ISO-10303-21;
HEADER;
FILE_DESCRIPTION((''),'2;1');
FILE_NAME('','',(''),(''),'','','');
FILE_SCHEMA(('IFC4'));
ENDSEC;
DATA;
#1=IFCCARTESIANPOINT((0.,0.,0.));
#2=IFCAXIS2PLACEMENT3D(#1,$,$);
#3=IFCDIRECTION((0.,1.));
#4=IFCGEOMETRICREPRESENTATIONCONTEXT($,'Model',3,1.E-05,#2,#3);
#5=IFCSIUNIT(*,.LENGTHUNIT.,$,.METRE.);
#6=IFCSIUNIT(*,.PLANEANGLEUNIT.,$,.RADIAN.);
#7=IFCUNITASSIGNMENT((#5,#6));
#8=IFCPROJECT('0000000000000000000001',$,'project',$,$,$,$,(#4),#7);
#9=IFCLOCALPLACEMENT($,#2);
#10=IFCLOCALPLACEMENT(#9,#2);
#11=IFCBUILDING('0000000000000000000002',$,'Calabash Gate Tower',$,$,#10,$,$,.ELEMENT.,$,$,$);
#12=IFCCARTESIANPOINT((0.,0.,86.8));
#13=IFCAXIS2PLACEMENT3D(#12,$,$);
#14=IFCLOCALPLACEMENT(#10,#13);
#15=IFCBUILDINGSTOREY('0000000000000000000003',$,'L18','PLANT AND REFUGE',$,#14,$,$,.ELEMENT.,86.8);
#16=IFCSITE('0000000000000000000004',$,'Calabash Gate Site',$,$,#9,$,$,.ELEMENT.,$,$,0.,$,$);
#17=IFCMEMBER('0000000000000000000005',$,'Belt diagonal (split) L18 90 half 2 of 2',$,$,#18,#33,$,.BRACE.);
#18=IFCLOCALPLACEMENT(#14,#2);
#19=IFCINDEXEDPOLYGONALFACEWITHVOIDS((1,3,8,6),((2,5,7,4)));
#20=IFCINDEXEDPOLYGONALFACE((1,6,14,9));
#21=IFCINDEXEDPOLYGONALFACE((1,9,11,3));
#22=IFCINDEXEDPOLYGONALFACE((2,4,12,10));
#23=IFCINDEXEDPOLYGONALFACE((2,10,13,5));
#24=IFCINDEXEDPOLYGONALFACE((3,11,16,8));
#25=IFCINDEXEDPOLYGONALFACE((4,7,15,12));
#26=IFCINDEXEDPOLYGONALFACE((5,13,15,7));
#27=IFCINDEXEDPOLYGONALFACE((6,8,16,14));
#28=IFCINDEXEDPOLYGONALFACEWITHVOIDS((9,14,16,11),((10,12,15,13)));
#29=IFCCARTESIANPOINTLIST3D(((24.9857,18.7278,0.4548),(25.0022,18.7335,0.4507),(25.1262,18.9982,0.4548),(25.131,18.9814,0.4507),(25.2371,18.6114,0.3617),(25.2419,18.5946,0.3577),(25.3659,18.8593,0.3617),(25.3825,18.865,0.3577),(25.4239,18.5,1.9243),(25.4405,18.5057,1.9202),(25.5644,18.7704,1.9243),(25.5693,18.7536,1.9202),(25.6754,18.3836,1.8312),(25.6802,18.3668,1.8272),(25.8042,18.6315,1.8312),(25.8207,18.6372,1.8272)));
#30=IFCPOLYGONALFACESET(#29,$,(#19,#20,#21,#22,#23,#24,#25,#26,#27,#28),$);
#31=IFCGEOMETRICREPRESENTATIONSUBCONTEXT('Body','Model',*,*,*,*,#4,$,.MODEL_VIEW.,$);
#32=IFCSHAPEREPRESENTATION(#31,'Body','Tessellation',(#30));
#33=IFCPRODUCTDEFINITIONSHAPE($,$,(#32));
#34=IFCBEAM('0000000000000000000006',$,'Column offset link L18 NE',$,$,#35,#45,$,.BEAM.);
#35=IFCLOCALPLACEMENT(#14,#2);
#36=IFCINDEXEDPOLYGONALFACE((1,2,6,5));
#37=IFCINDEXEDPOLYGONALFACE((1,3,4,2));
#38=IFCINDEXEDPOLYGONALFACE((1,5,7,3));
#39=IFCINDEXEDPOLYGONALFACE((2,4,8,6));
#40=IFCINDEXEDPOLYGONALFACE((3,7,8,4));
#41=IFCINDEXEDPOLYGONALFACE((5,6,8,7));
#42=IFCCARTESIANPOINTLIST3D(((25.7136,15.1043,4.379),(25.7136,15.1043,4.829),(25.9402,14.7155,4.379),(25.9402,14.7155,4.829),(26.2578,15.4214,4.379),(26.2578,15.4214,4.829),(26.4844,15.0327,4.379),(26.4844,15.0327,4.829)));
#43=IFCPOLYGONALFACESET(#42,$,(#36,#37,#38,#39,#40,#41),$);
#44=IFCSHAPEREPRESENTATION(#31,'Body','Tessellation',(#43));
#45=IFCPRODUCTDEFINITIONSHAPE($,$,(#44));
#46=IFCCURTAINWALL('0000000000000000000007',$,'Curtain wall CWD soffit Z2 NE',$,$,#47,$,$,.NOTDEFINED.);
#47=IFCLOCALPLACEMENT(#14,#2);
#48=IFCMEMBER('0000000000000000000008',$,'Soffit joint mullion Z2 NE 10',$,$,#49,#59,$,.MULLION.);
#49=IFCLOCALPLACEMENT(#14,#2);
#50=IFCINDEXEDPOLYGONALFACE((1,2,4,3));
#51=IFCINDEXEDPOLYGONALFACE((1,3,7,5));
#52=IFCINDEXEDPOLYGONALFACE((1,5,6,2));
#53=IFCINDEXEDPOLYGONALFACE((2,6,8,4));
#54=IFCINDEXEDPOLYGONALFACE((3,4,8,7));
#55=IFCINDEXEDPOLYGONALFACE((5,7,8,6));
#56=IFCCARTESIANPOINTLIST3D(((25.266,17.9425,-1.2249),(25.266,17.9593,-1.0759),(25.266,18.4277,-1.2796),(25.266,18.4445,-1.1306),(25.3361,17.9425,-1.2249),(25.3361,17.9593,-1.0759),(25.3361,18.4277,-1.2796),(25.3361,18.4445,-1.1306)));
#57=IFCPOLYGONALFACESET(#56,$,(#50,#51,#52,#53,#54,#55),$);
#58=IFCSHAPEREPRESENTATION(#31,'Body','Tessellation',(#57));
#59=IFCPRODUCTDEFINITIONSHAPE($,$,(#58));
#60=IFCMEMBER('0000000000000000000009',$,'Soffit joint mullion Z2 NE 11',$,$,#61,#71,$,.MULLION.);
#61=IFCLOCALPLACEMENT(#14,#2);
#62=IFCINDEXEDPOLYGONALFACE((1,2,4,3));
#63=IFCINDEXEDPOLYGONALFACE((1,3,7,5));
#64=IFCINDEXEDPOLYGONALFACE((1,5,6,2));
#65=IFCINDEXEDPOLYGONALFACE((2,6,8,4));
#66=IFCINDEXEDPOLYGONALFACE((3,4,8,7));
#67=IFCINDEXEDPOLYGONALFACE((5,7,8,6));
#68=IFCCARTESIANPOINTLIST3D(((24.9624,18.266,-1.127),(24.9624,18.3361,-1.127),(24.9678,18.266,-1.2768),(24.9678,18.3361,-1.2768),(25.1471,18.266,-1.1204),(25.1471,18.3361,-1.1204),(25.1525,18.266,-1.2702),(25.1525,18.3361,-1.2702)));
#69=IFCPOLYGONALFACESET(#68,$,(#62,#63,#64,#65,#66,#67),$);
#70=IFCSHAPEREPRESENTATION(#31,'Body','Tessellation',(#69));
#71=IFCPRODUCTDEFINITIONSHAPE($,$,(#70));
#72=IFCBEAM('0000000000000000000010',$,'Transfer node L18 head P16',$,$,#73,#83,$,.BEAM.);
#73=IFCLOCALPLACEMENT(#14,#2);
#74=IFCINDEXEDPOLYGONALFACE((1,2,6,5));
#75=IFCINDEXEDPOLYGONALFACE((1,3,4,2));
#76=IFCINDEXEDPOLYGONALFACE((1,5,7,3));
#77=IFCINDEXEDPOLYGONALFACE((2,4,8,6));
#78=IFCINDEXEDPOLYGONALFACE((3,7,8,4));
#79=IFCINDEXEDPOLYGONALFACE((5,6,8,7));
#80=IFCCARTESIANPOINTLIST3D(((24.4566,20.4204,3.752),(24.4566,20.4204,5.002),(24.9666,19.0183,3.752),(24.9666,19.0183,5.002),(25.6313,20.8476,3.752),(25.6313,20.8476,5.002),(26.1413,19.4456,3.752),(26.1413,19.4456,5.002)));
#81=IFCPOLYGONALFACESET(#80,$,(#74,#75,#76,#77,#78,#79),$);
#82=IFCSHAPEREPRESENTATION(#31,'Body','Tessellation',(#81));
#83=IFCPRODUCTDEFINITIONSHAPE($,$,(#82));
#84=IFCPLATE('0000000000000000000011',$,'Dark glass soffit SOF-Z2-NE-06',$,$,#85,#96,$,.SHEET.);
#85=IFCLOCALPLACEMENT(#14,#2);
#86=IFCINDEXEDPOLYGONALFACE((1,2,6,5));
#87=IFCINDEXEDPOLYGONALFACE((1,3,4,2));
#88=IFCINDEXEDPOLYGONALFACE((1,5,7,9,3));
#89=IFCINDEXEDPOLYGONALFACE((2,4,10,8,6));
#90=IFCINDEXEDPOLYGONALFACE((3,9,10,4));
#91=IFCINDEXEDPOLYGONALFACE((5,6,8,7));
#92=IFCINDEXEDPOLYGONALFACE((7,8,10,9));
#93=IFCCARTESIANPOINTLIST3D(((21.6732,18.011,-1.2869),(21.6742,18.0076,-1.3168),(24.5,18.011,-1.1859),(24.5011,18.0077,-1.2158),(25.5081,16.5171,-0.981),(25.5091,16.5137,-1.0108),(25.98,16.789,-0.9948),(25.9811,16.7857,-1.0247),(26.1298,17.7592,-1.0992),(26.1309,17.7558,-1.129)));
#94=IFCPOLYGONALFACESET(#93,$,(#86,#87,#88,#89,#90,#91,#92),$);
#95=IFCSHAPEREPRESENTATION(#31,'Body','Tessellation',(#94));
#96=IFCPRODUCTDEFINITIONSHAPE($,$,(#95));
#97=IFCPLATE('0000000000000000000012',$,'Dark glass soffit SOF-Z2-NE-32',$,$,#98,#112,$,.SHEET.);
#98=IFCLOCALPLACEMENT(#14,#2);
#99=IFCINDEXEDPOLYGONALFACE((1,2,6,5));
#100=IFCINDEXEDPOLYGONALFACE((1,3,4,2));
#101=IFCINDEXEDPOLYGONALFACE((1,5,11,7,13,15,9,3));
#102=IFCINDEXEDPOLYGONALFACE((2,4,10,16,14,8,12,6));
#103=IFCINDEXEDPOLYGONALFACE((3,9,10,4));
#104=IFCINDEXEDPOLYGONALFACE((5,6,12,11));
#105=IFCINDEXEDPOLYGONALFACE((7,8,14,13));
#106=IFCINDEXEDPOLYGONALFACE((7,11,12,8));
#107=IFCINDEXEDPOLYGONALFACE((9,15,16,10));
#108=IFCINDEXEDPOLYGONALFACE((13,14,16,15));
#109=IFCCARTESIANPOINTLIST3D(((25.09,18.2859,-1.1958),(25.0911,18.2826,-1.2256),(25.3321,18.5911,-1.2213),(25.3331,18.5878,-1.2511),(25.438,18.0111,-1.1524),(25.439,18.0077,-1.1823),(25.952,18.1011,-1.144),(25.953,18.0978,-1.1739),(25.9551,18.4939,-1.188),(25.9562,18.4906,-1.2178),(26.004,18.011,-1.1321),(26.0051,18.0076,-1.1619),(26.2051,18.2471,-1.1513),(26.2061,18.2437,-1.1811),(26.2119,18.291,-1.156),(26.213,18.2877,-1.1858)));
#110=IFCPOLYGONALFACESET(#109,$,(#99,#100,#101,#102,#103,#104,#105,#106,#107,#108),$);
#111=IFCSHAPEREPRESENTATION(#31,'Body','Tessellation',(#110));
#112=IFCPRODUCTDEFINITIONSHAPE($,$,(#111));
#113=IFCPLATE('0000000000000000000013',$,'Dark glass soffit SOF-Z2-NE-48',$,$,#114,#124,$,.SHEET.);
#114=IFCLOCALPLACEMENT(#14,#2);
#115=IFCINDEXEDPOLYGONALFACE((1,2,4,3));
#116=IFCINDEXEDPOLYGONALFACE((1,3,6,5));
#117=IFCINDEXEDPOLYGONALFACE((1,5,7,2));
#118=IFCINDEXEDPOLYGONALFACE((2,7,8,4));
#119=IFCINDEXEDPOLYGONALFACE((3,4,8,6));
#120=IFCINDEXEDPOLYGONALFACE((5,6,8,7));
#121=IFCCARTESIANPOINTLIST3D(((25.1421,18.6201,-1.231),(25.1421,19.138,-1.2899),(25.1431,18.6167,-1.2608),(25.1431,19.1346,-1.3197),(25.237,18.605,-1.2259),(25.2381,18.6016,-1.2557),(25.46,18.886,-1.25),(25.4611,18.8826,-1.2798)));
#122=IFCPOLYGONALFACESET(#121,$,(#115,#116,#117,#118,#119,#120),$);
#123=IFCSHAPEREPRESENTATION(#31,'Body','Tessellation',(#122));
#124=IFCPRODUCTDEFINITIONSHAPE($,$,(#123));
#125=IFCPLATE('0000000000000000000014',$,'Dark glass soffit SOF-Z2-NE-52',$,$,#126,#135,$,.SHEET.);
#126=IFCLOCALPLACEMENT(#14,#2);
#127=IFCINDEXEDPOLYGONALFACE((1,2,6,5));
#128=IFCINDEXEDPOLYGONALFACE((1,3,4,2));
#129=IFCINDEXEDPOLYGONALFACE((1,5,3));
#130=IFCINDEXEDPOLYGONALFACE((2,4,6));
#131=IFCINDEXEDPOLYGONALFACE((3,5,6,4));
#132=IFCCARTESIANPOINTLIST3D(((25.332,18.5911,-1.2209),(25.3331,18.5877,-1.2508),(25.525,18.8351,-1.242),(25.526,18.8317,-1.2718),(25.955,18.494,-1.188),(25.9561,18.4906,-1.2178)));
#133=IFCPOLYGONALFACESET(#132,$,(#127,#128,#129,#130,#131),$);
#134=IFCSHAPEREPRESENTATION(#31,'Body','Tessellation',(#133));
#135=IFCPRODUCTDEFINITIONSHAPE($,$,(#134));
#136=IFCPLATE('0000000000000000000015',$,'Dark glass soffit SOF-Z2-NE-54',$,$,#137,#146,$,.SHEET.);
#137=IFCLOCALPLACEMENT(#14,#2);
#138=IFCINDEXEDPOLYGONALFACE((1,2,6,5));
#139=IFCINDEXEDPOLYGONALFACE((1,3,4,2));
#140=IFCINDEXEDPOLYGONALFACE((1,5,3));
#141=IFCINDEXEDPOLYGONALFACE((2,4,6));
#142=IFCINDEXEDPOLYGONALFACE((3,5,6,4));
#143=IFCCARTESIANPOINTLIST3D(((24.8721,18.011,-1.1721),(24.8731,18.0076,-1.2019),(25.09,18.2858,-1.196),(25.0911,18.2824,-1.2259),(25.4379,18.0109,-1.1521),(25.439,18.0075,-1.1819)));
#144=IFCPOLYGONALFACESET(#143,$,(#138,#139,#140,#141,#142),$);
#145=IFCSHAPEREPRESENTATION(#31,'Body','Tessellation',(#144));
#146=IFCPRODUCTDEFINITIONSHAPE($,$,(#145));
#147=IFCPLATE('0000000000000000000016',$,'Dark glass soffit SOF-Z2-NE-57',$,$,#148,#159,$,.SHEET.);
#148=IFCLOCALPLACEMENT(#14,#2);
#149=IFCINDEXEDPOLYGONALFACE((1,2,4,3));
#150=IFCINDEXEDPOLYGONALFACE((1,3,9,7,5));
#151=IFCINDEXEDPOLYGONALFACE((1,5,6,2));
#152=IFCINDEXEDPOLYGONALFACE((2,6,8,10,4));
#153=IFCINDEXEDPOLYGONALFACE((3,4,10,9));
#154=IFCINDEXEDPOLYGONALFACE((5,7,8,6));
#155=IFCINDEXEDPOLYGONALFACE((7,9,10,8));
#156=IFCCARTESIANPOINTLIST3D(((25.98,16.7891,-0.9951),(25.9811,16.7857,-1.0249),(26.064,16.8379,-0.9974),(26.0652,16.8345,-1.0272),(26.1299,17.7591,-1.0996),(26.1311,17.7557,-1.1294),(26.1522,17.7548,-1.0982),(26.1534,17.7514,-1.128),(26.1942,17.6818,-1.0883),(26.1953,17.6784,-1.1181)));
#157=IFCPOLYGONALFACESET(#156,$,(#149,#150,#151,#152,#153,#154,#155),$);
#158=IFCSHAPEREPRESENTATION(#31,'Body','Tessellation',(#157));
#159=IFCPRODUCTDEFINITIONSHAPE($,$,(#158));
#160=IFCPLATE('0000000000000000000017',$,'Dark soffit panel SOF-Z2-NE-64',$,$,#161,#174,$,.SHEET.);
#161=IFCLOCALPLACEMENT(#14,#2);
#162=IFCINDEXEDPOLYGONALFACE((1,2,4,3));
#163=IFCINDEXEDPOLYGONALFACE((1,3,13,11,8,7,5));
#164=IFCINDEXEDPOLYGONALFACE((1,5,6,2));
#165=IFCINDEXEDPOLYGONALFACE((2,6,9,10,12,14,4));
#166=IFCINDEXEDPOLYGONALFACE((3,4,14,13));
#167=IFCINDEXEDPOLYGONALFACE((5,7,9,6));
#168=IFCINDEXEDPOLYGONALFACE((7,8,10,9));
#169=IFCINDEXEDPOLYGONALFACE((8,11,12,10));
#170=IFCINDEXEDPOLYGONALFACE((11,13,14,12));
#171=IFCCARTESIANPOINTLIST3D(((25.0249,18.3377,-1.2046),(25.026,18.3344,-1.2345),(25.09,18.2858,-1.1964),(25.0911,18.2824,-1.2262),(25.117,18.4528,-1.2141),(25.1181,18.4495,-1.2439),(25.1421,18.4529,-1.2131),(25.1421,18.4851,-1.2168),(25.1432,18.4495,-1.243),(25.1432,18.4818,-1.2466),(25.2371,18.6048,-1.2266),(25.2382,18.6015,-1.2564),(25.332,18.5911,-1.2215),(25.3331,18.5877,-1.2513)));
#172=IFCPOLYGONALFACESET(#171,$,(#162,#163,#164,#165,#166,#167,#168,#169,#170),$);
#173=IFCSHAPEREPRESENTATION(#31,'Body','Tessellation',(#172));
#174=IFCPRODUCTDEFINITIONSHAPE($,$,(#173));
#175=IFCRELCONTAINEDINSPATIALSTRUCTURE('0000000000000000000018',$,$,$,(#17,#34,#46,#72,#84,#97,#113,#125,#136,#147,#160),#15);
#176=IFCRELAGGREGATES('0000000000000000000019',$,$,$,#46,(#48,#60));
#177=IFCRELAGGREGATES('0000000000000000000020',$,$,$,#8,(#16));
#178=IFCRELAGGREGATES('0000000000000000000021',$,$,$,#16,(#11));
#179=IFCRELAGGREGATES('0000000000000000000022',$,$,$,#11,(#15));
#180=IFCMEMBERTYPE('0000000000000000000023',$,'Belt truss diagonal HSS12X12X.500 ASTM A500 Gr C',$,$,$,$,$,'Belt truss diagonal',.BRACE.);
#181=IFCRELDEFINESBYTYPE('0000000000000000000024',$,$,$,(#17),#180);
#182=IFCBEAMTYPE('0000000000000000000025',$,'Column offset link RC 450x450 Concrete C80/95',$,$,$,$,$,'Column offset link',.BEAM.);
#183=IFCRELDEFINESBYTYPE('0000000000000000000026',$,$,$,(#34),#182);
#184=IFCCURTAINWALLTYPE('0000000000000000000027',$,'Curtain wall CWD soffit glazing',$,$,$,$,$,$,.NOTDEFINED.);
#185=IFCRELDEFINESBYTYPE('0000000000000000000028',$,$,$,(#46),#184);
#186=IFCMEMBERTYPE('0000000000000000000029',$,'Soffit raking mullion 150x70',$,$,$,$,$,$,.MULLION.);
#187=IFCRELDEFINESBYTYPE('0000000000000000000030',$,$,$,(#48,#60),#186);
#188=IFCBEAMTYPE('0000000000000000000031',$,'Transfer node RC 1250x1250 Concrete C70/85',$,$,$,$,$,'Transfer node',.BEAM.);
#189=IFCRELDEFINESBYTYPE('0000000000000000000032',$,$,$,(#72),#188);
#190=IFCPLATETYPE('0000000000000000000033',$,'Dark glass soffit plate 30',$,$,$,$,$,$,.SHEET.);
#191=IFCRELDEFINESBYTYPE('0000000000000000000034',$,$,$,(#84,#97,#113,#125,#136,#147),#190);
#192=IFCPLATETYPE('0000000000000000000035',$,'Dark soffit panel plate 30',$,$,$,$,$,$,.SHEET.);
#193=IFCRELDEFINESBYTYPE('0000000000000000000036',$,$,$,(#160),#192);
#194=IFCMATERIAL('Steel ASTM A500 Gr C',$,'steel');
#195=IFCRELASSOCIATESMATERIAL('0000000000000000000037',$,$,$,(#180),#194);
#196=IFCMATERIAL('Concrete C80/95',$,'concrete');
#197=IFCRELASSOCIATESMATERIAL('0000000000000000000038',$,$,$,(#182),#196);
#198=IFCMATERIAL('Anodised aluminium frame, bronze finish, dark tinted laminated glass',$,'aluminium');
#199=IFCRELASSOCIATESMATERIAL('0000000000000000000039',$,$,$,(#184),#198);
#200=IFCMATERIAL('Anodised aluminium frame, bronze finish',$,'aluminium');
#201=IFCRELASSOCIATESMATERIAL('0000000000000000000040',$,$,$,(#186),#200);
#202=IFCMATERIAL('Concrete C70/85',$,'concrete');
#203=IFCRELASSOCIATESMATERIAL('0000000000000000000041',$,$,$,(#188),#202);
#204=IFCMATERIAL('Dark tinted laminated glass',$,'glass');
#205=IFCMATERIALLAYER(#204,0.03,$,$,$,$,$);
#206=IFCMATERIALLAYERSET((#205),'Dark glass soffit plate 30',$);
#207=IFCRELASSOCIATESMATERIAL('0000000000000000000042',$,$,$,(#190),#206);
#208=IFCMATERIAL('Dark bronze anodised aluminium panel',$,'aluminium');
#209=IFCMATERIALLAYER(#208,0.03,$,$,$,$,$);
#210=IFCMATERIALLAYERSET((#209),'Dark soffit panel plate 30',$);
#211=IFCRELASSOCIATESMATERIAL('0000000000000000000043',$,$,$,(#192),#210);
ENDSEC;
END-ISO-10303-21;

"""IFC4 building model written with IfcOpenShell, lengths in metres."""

from ifc_helpers import new_model, si_unit, direction, frame, origin, origin_2d, place, context, subcontext, project, spatial, polyline, rectangle, hollow_rectangle, outline, extrude, material, layer, layer_set, material_profile, profile_set, type_object, element, aggregate, save


model = new_model("IFC4")

# Units and contexts
model_context = context("Model", 3, precision=1e-05, world=origin(), true_north=direction((0.0, 1.0)))
body_context = subcontext(model_context, "Body", "Model", "MODEL_VIEW")
ifc_project = project(units=[si_unit("LENGTHUNIT", "METRE"), si_unit("PLANEANGLEUNIT", "RADIAN")], contexts=[model_context])

# Site, building, storey
site_placement = place(None, origin())
site = spatial("IfcSite", under=ifc_project, at=site_placement, Name="Calabash Gate Site", CompositionType="ELEMENT", RefElevation=0.0)
building_placement = place(site_placement, origin())
building = spatial("IfcBuilding", under=site, at=building_placement, Name="Calabash Gate Tower", CompositionType="ELEMENT")
storey_placement = place(building_placement, frame((0.0, 0.0, 86.8)))
storey = spatial("IfcBuildingStorey", under=building, at=storey_placement, Name="L18", Description="PLANT AND REFUGE", CompositionType="ELEMENT", Elevation=86.8)

# Member
ifc_material_1 = material(Name="Steel ASTM A500 Gr C", Category="steel")
ifc_material_profile_1 = material_profile(ifc_material_1, hollow_rectangle(XDim=0.3047, YDim=0.3047, WallThickness=0.0127, at=origin_2d()))
ifc_profile_set_1 = profile_set([ifc_material_profile_1], Name="Steel ASTM A500 Gr C")
member_type_1 = type_object("IfcMemberType", Name="Belt truss diagonal HSS12X12X.500 ASTM A500 Gr C", ElementType="Belt truss diagonal", PredefinedType="BRACE", material=ifc_profile_set_1)
member_1_placement = place(storey_placement, frame((25.6223, 18.5686, 1.8757), z_axis=(-0.282683, 0.146932, -0.947893), x_axis=(-0.461197, -0.887298, 0.0)))
element("IfcMember", 1, at=member_1_placement, inside=storey, type_object=member_type_1, Name="Belt diagonal (split) L18 90 half 2 of 2", PredefinedType="BRACE", context=body_context, shape_type="SweptSolid", body=[
    extrude(hollow_rectangle(XDim=0.3047, YDim=0.3047, WallThickness=0.0127, at=origin_2d()), origin(), (0.0, 0.0, 1.0), 1.5503),
])

# Beam
ifc_material_2 = material(Name="Concrete C80/95", Category="concrete")
ifc_material_profile_2 = material_profile(ifc_material_2, rectangle(XDim=0.45, YDim=0.45, at=origin_2d()))
ifc_profile_set_2 = profile_set([ifc_material_profile_2], Name="Concrete C80/95")
beam_type_1 = type_object("IfcBeamType", Name="Column offset link RC 450x450 Concrete C80/95", ElementType="Column offset link", PredefinedType="BEAM", material=ifc_profile_set_2)
beam_1_placement = place(storey_placement, frame((25.8269, 14.9099, 4.604), z_axis=(0.86399, 0.503509, 0.0), x_axis=(-0.503509, 0.86399, 0.0)))
element("IfcBeam", 2, at=beam_1_placement, inside=storey, type_object=beam_type_1, Name="Column offset link L18 NE", PredefinedType="BEAM", context=body_context, shape_type="SweptSolid", body=[
    extrude(rectangle(XDim=0.45, YDim=0.45, at=origin_2d()), origin(), (0.0, 0.0, 1.0), 0.6299),
])

# Curtain wall, members
ifc_material_3 = material(Name="Anodised aluminium frame, bronze finish, dark tinted laminated glass", Category="aluminium")
curtain_wall_type = type_object("IfcCurtainWallType", Name="Curtain wall CWD soffit glazing", PredefinedType="NOTDEFINED", material=ifc_material_3)
curtain_wall_placement = place(storey_placement, origin())
curtain_wall = element("IfcCurtainWall", 3, at=curtain_wall_placement, inside=storey, type_object=curtain_wall_type, Name="Curtain wall CWD soffit Z2 NE", PredefinedType="NOTDEFINED")
ifc_material_4 = material(Name="Anodised aluminium frame, bronze finish", Category="aluminium")
ifc_material_profile_3 = material_profile(ifc_material_4, rectangle(XDim=0.1499, YDim=0.0701, at=origin_2d()))
ifc_profile_set_3 = profile_set([ifc_material_profile_3], Name="Anodised aluminium frame, bronze finish")
member_type_2 = type_object("IfcMemberType", Name="Soffit raking mullion 150x70", PredefinedType="MULLION", material=ifc_profile_set_3)
member_2_placement = place(storey_placement, frame((25.301, 17.9509, -1.1504), z_axis=(0.0, 0.993706, -0.112023), x_axis=(0.0, 0.112023, 0.993706)))
member_2 = element("IfcMember", 4, at=member_2_placement, type_object=member_type_2, Name="Soffit joint mullion Z2 NE 10", PredefinedType="MULLION", context=body_context, shape_type="SweptSolid", body=[
    extrude(rectangle(XDim=0.1499, YDim=0.0701, at=origin_2d()), origin(), (0.0, 0.0, 1.0), 0.4883),
])
member_3_placement = place(storey_placement, frame((24.9651, 18.301, -1.2019), z_axis=(0.999365, 0.0, 0.035644), x_axis=(-0.035644, 0.0, 0.999365)))
member_3 = element("IfcMember", 5, at=member_3_placement, type_object=member_type_2, Name="Soffit joint mullion Z2 NE 11", PredefinedType="MULLION", context=body_context, shape_type="SweptSolid", body=[
    extrude(rectangle(XDim=0.1499, YDim=0.0701, at=origin_2d()), origin(), (0.0, 0.0, 1.0), 0.1848),
])
aggregate(curtain_wall, [member_2, member_3])

# Beam
ifc_material_5 = material(Name="Concrete C70/85", Category="concrete")
ifc_material_profile_4 = material_profile(ifc_material_5, rectangle(XDim=1.25, YDim=1.25, at=origin_2d()))
ifc_profile_set_4 = profile_set([ifc_material_profile_4], Name="Concrete C70/85")
beam_type_2 = type_object("IfcBeamType", Name="Transfer node RC 1250x1250 Concrete C70/85", ElementType="Transfer node", PredefinedType="BEAM", material=ifc_profile_set_4)
beam_2_placement = place(storey_placement, frame((25.554, 19.2319, 4.377), z_axis=(-0.341835, 0.93976, 0.0), x_axis=(-0.93976, -0.341835, 0.0)))
element("IfcBeam", 6, at=beam_2_placement, inside=storey, type_object=beam_type_2, Name="Transfer node L18 head P16", PredefinedType="BEAM", context=body_context, shape_type="SweptSolid", body=[
    extrude(rectangle(XDim=1.25, YDim=1.25, at=origin_2d()), origin(), (0.0, 0.0, 1.0), 1.4919),
])

# Plates
ifc_material_6 = material(Name="Dark tinted laminated glass", Category="glass")
ifc_layer_1 = layer(ifc_material_6, 0.03)
ifc_layer_set_1 = layer_set([ifc_layer_1], Name="Dark glass soffit plate 30")
plate_type_1 = type_object("IfcPlateType", Name="Dark glass soffit plate 30", PredefinedType="SHEET", material=ifc_layer_set_1)
plate_1_placement = place(storey_placement, frame((25.5081, 16.5171, -0.981), z_axis=(-0.035482, 0.112312, 0.993039), x_axis=(-0.929232, 0.361983, -0.074142)))
element("IfcPlate", 7, at=plate_1_placement, inside=storey, type_object=plate_type_1, Name="Dark glass soffit SOF-Z2-NE-06", PredefinedType="SHEET", context=body_context, shape_type="SweptSolid", body=[
    extrude(outline(polyline([(0.0, 0.0), (4.127, 0.0), (1.4927, -1.0305), (-0.1194, -1.3889), (-0.3391, -0.4265), (0.0, 0.0)])), origin(), (0.0, 0.0, -1.0), 0.03),
])
plate_2_placement = place(storey_placement, frame((25.9551, 18.4939, -1.188), z_axis=(-0.035755, 0.111402, 0.993132), x_axis=(0.780989, -0.616916, 0.097318)))
element("IfcPlate", 8, at=plate_2_placement, inside=storey, type_object=plate_type_1, Name="Dark glass soffit SOF-Z2-NE-32", PredefinedType="SHEET", context=body_context, shape_type="SweptSolid", body=[
    extrude(outline(polyline([(0.0, 0.0), (0.3289, 0.0), (0.3511, -0.0388), (0.2441, -0.3108), (0.3416, -0.3494), (-0.1025, -0.7009), (-0.5481, -0.7009), (-0.5498, -0.3105), (0.0, 0.0)])), origin(), (0.0, 0.0, -1.0), 0.03),
])
plate_3_placement = place(storey_placement, frame((25.1421, 18.6201, -1.231), z_axis=(-0.034979, 0.112943, 0.992986), x_axis=(-0.000012, 0.993594, -0.113013)))
element("IfcPlate", 9, at=plate_3_placement, inside=storey, type_object=plate_type_1, Name="Dark glass soffit SOF-Z2-NE-48", PredefinedType="SHEET", context=body_context, shape_type="SweptSolid", body=[
    extrude(outline(polyline([(0.0, 0.0), (0.5212, 0.0), (0.2664, -0.3181), (-0.0156, -0.095), (0.0, 0.0)])), origin(), (0.0, 0.0, -1.0), 0.03),
])
plate_4_placement = place(storey_placement, frame((25.332, 18.5911, -1.2209), z_axis=(-0.034893, 0.113075, 0.992974), x_axis=(0.618871, 0.782598, -0.067371)))
element("IfcPlate", 10, at=plate_4_placement, inside=storey, type_object=plate_type_1, Name="Dark glass soffit SOF-Z2-NE-52", PredefinedType="SHEET", context=body_context, shape_type="SweptSolid", body=[
    extrude(outline(polyline([(0.0, 0.0), (0.3118, 0.0), (0.3074, -0.5515), (0.0, 0.0)])), origin(), (0.0, 0.0, -1.0), 0.03),
])
plate_5_placement = place(storey_placement, frame((24.8721, 18.011, -1.1721), z_axis=(-0.035122, 0.114264, 0.992829), x_axis=(0.61994, 0.781694, -0.068034)))
element("IfcPlate", 11, at=plate_5_placement, inside=storey, type_object=plate_type_1, Name="Dark glass soffit SOF-Z2-NE-54", PredefinedType="SHEET", context=body_context, shape_type="SweptSolid", body=[
    extrude(outline(polyline([(0.0, 0.0), (0.3516, 0.0), (0.3494, -0.4456), (0.0, 0.0)])), origin(), (0.0, 0.0, -1.0), 0.03),
])
plate_6_placement = place(storey_placement, frame((25.98, 16.7891, -0.9951), z_axis=(-0.038774, 0.112904, 0.992849), x_axis=(0.151897, 0.982715, -0.105819)))
element("IfcPlate", 12, at=plate_6_placement, inside=storey, type_object=plate_type_1, Name="Dark glass soffit SOF-Z2-NE-57", PredefinedType="SHEET", context=body_context, shape_type="SweptSolid", body=[
    extrude(outline(polyline([(0.0, 0.0), (0.9871, 0.0), (0.9861, -0.0227), (0.9197, -0.0754), (0.061, -0.0757), (0.0, 0.0)])), origin(), (0.0, 0.0, -1.0), 0.03),
])
ifc_material_7 = material(Name="Dark bronze anodised aluminium panel", Category="aluminium")
ifc_layer_2 = layer(ifc_material_7, 0.03)
ifc_layer_set_2 = layer_set([ifc_layer_2], Name="Dark soffit panel plate 30")
plate_type_2 = type_object("IfcPlateType", Name="Dark soffit panel plate 30", PredefinedType="SHEET", material=ifc_layer_set_2)
plate_7_placement = place(storey_placement, frame((25.1421, 18.4529, -1.2131), z_axis=(-0.03741, 0.111327, 0.993079), x_axis=(0.000784, 0.993778, -0.111376)))
element("IfcPlate", 13, at=plate_7_placement, inside=storey, type_object=plate_type_2, Name="Dark soffit panel SOF-Z2-NE-64", PredefinedType="SHEET", context=body_context, shape_type="SweptSolid", body=[
    extrude(outline(polyline([(0.0, 0.0), (0.0325, 0.0), (0.1526, -0.095), (0.1384, -0.1899), (-0.168, 0.052), (-0.1155, 0.1172), (0.0, 0.0251), (0.0, 0.0)])), origin(), (0.0, 0.0, -1.0), 0.03),
])

save(model, "model.ifc")
